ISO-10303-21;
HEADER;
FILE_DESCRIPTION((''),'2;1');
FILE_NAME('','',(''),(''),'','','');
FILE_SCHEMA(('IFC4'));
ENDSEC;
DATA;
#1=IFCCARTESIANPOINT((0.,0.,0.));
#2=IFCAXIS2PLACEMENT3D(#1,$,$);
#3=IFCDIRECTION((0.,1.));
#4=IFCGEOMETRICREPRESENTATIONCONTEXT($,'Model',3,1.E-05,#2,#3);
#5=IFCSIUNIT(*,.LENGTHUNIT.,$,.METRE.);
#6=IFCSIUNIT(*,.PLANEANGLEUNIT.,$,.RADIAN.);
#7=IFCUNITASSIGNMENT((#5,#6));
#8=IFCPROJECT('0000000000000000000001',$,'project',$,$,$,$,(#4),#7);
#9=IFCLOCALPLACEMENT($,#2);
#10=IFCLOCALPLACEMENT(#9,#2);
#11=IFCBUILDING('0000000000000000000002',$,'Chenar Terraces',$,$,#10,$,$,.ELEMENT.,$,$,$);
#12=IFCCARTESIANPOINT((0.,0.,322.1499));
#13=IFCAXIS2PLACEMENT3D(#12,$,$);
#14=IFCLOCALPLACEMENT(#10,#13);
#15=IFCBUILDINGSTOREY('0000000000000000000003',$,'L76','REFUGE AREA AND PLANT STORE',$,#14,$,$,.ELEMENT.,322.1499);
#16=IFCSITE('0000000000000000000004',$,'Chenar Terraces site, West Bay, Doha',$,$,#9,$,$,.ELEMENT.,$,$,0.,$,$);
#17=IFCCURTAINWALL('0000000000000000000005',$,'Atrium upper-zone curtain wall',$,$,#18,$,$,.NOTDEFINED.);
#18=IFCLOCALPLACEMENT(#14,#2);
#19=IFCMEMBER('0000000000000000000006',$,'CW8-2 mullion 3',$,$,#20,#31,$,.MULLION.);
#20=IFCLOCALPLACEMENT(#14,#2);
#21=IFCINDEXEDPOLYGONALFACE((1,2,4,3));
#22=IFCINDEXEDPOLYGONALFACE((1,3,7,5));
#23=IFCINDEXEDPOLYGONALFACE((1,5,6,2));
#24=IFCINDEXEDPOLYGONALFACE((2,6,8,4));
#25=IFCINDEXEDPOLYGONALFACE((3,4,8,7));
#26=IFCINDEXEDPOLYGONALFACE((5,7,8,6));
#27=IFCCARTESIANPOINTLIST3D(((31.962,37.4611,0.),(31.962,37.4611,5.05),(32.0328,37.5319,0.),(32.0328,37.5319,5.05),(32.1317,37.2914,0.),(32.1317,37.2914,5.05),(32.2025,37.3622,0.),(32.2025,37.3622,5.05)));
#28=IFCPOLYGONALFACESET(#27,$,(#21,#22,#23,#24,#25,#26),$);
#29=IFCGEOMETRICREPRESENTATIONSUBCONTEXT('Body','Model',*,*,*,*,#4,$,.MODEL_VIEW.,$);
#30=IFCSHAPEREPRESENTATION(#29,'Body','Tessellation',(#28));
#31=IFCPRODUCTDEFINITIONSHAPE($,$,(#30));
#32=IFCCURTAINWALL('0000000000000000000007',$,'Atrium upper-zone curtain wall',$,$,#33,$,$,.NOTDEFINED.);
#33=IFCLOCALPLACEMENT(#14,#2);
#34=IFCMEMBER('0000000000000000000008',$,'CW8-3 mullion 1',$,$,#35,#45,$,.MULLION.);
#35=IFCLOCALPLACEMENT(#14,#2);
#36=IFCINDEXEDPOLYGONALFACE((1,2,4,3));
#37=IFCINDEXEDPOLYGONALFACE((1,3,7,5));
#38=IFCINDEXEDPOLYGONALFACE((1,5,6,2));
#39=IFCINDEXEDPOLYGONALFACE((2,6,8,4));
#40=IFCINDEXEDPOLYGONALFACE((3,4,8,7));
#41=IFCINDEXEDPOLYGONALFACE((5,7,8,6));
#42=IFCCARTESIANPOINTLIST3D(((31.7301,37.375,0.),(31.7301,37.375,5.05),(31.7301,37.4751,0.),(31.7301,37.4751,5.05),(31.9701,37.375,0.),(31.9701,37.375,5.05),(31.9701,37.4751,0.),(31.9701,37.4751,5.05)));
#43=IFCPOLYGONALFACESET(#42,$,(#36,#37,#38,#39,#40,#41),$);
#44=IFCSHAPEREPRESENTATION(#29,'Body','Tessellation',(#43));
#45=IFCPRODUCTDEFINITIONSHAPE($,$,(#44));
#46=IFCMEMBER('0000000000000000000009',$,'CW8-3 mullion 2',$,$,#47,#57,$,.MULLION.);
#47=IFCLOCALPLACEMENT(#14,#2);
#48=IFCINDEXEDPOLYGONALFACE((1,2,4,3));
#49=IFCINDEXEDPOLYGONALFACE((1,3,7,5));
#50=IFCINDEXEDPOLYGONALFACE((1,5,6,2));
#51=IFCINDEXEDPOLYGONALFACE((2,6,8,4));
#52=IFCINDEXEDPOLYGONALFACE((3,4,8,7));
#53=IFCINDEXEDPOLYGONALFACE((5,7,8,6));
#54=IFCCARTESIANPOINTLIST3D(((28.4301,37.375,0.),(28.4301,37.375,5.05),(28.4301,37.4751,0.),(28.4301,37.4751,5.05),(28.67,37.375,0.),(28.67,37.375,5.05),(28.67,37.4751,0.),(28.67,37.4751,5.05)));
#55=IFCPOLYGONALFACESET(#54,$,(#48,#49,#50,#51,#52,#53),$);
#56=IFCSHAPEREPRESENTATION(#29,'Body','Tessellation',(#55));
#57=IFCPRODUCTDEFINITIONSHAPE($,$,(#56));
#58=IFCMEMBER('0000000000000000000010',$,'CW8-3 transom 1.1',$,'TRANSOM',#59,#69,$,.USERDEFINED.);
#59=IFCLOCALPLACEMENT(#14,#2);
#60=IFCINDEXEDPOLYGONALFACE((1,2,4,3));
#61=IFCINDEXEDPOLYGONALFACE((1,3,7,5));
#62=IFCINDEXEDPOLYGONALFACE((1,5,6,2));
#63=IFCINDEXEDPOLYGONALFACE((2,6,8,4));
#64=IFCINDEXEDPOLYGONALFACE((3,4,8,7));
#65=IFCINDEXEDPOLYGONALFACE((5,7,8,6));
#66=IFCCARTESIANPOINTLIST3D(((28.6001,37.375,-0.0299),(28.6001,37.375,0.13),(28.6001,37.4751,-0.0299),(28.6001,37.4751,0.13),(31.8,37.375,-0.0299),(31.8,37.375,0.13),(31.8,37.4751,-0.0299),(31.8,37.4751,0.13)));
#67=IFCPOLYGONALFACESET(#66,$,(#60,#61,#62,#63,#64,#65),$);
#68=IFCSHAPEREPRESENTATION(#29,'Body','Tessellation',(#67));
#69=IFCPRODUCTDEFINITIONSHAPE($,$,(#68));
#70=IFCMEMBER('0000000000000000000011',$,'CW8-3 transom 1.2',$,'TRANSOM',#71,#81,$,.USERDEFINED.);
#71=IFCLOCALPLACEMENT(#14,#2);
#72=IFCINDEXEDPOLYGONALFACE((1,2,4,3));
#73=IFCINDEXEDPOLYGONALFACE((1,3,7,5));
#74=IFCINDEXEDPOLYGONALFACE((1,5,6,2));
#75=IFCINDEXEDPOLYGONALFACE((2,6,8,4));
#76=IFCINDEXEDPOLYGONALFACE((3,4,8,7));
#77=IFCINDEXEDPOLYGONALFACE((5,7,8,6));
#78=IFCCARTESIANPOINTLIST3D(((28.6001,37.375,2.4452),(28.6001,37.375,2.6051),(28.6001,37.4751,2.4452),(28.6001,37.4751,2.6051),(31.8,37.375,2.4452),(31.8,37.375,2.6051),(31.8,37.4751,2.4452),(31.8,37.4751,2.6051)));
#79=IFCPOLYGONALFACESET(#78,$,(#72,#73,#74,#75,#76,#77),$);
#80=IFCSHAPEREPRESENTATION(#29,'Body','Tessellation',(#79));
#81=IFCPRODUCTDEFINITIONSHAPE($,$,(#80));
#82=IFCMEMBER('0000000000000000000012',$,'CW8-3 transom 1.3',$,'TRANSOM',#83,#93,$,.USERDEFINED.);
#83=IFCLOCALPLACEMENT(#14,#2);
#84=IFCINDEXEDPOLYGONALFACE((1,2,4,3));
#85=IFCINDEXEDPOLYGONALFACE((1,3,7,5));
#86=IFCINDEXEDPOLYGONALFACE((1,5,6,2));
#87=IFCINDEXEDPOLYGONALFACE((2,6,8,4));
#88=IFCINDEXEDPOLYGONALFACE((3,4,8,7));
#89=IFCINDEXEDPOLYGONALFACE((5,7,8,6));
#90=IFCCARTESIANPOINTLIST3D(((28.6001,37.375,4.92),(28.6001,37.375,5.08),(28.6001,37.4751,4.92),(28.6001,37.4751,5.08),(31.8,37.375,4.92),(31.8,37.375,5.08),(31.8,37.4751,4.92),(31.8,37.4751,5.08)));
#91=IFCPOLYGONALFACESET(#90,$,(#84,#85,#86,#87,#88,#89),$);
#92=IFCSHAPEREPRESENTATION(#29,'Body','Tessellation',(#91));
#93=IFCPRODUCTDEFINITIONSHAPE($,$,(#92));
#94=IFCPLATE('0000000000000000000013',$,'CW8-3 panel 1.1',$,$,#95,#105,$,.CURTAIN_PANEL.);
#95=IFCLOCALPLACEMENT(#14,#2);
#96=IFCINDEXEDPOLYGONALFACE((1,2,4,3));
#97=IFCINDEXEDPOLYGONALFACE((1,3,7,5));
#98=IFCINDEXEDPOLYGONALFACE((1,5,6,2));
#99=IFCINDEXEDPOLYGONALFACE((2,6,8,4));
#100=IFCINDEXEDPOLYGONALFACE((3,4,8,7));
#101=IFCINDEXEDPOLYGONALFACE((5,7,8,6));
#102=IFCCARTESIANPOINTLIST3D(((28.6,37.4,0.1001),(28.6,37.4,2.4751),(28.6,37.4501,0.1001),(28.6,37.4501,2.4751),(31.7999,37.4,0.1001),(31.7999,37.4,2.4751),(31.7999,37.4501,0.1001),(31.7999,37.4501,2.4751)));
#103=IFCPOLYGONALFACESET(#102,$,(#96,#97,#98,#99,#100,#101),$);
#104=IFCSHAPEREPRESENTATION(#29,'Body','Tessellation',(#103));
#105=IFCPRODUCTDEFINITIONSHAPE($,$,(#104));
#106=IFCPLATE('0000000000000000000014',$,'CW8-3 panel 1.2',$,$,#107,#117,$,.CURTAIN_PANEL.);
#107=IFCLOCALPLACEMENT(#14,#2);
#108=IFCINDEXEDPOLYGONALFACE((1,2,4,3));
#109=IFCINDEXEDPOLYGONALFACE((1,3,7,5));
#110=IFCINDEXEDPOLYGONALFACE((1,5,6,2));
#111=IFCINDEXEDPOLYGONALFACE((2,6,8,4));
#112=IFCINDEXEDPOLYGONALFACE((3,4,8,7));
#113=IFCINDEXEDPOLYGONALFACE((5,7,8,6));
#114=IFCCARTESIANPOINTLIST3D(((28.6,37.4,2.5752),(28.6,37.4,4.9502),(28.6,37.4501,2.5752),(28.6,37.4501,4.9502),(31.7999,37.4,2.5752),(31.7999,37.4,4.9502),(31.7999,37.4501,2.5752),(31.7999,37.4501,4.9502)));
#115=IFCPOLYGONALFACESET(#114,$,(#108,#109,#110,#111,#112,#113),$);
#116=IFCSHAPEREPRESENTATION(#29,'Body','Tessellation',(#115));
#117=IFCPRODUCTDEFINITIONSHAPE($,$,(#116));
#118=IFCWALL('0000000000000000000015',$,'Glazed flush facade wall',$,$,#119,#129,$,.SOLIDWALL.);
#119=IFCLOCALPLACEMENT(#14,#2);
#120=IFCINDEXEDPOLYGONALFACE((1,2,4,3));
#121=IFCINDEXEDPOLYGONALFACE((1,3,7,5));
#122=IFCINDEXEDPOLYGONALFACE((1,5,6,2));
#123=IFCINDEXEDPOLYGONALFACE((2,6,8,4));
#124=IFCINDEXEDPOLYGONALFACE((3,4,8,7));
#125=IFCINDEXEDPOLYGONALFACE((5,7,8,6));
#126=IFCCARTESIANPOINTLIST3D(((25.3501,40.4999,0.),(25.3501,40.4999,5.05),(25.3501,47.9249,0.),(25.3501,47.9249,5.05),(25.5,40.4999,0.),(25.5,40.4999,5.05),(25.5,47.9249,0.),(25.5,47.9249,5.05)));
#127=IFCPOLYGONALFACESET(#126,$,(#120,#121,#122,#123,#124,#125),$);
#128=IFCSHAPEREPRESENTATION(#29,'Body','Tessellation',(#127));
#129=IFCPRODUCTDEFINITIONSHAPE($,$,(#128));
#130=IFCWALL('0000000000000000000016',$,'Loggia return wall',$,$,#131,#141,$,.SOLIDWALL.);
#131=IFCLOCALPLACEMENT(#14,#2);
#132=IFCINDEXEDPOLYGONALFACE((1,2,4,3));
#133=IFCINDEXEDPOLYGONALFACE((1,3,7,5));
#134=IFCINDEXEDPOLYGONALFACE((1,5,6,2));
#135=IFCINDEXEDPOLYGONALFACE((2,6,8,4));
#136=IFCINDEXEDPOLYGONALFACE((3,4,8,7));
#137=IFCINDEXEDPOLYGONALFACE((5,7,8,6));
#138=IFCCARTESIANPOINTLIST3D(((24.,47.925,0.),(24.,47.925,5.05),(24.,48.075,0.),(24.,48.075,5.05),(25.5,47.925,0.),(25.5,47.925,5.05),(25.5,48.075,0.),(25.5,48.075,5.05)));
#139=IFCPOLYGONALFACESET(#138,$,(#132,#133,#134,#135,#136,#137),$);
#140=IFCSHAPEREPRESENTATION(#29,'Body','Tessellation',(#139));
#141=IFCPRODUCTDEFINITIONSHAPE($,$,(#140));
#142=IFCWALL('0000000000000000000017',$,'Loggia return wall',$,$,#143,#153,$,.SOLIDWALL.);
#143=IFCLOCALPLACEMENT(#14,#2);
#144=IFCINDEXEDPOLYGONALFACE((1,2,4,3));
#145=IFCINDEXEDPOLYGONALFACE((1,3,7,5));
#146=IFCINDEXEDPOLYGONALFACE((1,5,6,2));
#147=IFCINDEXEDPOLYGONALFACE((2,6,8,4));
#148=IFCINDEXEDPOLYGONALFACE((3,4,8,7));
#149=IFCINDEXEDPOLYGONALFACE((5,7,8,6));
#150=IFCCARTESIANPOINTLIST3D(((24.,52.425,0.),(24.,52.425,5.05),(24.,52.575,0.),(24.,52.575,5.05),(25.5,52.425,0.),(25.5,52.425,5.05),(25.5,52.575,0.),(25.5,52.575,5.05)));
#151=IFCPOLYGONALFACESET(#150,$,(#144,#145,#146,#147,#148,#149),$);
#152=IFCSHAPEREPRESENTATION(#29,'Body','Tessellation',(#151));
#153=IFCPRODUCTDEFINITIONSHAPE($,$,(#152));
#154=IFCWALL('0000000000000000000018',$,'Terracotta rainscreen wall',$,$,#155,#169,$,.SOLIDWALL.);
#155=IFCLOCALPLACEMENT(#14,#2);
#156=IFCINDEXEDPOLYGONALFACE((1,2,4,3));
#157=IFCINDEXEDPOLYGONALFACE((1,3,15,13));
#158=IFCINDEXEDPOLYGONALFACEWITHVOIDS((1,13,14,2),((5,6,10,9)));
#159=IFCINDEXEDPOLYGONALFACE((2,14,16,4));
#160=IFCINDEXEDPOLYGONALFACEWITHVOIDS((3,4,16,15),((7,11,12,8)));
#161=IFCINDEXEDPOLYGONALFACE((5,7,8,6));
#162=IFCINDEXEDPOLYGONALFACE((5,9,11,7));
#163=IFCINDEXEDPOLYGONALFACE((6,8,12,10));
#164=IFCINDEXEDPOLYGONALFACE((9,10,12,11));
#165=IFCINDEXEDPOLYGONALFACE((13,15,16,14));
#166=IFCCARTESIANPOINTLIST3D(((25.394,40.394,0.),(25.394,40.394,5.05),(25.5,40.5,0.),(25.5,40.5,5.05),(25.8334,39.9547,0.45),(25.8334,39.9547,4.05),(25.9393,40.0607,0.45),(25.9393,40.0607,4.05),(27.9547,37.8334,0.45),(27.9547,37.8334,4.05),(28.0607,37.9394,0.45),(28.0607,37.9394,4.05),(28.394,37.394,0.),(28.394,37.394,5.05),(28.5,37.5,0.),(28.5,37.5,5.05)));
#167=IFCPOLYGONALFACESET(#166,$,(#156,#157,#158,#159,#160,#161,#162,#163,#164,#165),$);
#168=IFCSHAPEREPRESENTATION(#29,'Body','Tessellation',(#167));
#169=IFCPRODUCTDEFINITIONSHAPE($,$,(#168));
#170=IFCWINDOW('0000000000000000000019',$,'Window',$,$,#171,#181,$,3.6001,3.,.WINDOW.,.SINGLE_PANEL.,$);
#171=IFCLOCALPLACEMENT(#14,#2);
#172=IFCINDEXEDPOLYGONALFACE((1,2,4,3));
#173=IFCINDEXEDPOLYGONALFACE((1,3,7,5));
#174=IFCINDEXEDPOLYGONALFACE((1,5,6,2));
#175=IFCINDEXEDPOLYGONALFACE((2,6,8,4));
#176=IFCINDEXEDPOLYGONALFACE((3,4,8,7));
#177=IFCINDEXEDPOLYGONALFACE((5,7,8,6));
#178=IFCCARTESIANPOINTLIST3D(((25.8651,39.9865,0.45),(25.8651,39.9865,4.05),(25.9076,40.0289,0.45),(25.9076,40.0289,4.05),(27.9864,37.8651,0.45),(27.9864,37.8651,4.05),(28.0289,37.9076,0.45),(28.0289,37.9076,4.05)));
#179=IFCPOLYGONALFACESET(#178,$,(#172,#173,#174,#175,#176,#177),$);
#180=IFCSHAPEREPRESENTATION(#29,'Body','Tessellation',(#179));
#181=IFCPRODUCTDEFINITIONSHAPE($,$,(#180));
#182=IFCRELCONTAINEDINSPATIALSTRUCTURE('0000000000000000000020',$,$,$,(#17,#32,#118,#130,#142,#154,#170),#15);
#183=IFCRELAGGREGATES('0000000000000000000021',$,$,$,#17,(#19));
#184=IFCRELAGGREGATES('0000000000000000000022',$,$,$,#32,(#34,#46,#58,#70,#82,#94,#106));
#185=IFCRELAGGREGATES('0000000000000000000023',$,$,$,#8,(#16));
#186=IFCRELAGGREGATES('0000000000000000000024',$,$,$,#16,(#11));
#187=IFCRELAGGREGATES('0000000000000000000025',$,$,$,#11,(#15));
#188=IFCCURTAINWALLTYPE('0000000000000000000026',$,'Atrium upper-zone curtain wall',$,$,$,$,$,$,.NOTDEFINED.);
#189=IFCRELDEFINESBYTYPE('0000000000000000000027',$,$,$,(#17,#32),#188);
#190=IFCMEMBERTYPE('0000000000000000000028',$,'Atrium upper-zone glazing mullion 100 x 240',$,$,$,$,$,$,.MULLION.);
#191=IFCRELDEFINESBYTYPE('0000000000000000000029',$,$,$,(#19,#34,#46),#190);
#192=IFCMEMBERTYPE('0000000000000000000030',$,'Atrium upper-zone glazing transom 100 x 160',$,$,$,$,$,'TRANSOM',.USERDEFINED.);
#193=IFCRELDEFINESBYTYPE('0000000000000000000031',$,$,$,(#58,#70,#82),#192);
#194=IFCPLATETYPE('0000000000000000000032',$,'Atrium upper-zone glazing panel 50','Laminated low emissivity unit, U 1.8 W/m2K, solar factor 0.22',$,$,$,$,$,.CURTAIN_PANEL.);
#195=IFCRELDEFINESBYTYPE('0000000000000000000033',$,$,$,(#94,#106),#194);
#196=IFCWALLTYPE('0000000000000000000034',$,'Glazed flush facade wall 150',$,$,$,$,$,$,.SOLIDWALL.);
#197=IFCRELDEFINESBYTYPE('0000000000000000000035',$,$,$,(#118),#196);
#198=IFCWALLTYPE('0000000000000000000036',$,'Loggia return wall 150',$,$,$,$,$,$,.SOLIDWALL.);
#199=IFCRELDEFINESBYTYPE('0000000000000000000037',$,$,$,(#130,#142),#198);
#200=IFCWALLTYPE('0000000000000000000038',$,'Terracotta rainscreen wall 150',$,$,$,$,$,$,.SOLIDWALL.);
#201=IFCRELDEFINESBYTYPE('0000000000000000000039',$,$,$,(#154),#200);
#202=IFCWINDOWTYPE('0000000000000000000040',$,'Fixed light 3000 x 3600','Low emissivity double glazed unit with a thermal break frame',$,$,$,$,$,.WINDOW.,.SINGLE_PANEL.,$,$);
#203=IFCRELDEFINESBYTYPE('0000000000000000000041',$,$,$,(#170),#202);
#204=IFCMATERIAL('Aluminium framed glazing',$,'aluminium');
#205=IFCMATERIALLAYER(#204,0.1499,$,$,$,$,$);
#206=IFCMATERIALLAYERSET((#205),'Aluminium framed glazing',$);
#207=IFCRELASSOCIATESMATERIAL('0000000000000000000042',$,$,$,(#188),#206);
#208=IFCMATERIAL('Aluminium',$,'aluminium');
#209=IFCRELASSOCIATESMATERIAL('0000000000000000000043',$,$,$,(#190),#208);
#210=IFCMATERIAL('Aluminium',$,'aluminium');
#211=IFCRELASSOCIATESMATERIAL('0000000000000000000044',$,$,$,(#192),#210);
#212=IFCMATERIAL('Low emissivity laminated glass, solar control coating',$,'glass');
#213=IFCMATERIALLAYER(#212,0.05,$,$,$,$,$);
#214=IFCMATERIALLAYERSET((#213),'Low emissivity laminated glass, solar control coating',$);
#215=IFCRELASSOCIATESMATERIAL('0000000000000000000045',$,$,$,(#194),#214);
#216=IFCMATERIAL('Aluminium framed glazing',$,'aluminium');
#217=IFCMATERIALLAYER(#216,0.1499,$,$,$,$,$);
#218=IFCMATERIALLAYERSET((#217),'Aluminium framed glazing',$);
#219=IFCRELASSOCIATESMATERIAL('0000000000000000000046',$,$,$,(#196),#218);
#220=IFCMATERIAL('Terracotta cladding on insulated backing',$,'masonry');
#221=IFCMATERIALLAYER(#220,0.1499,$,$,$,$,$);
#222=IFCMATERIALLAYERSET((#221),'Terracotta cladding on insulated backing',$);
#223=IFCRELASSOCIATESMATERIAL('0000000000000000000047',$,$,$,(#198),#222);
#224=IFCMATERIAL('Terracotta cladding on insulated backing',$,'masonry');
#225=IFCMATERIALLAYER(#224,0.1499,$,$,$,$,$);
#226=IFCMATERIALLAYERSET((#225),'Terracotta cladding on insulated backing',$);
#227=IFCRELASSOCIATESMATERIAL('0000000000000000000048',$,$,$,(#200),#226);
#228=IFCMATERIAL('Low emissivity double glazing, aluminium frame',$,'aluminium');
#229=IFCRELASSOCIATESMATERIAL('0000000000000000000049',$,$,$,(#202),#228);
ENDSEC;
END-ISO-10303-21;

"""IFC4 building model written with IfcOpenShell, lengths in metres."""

from ifc_helpers import new_model, si_unit, direction, frame, frame_2d, origin, origin_2d, place, context, subcontext, project, spatial, rectangle, extrude, material, layer, layer_set, material_profile, profile_set, type_object, element, fill, aggregate, save


model = new_model("IFC4")

# Units and contexts
model_context = context("Model", 3, precision=1e-05, world=origin(), true_north=direction((0.0, 1.0)))
body_context = subcontext(model_context, "Body", "Model", "MODEL_VIEW")
ifc_project = project(units=[si_unit("LENGTHUNIT", "METRE"), si_unit("PLANEANGLEUNIT", "RADIAN")], contexts=[model_context])

# Site, building, storey
site_placement = place(None, origin())
site = spatial("IfcSite", under=ifc_project, at=site_placement, Name="Chenar Terraces site, West Bay, Doha", CompositionType="ELEMENT", RefElevation=0.0)
building_placement = place(site_placement, origin())
building = spatial("IfcBuilding", under=site, at=building_placement, Name="Chenar Terraces", CompositionType="ELEMENT")
storey_placement = place(building_placement, frame((0.0, 0.0, 322.1499)))
storey = spatial("IfcBuildingStorey", under=building, at=storey_placement, Name="L76", Description="REFUGE AREA AND PLANT STORE", CompositionType="ELEMENT", Elevation=322.1499)

# Curtain wall, member
ifc_material_1 = material(Name="Aluminium framed glazing", Category="aluminium")
ifc_layer_1 = layer(ifc_material_1, 0.1499)
ifc_layer_set_1 = layer_set([ifc_layer_1], Name="Aluminium framed glazing")
curtain_wall_type = type_object("IfcCurtainWallType", Name="Atrium upper-zone curtain wall", PredefinedType="NOTDEFINED", material=ifc_layer_set_1)
placement = place(storey_placement, origin())
curtain_wall_1 = element("IfcCurtainWall", 1, at=placement, inside=storey, type_object=curtain_wall_type, Name="Atrium upper-zone curtain wall", PredefinedType="NOTDEFINED")
ifc_material_2 = material(Name="Aluminium", Category="aluminium")
ifc_material_profile_1 = material_profile(ifc_material_2, rectangle(XDim=0.1001, YDim=0.24, at=origin_2d()), Name="Atrium upper-zone glazing mullion 100 x 240")
ifc_profile_set_1 = profile_set([ifc_material_profile_1], Name="Aluminium")
member_type_1 = type_object("IfcMemberType", Name="Atrium upper-zone glazing mullion 100 x 240", PredefinedType="MULLION", material=ifc_profile_set_1)
member_1_placement = place(storey_placement, frame((32.0823, 37.4116, 0.0), z_axis=(0.0, 0.0, 1.0), x_axis=(-0.707107, -0.707107, 0.0)))
member_1 = element("IfcMember", 2, at=member_1_placement, type_object=member_type_1, Name="CW8-2 mullion 3", PredefinedType="MULLION", context=body_context, shape_type="SweptSolid", body=[
    extrude(rectangle(XDim=0.1001, YDim=0.24, at=origin_2d()), origin(), (0.0, 0.0, 1.0), 5.05),
])
aggregate(curtain_wall_1, [member_1])

# Curtain wall, members, plates
curtain_wall_2 = element("IfcCurtainWall", 3, at=placement, inside=storey, type_object=curtain_wall_type, Name="Atrium upper-zone curtain wall", PredefinedType="NOTDEFINED")
member_2_placement = place(storey_placement, frame((31.8501, 37.425, 0.0), z_axis=(0.0, 0.0, 1.0), x_axis=(0.0, -1.0, 0.0)))
member_2 = element("IfcMember", 4, at=member_2_placement, type_object=member_type_1, Name="CW8-3 mullion 1", PredefinedType="MULLION", context=body_context, shape_type="SweptSolid", body=[
    extrude(rectangle(XDim=0.1001, YDim=0.24, at=origin_2d()), origin(), (0.0, 0.0, 1.0), 5.05),
])
member_3_placement = place(storey_placement, frame((28.55, 37.425, 0.0), z_axis=(0.0, 0.0, 1.0), x_axis=(0.0, -1.0, 0.0)))
member_3 = element("IfcMember", 5, at=member_3_placement, type_object=member_type_1, Name="CW8-3 mullion 2", PredefinedType="MULLION", context=body_context, shape_type="SweptSolid", body=[
    extrude(rectangle(XDim=0.1001, YDim=0.24, at=origin_2d()), origin(), (0.0, 0.0, 1.0), 5.05),
])
ifc_material_3 = material(Name="Aluminium", Category="aluminium")
ifc_material_profile_2 = material_profile(ifc_material_3, rectangle(XDim=0.1001, YDim=0.1599, at=origin_2d()), Name="Atrium upper-zone glazing transom 100 x 160")
ifc_profile_set_2 = profile_set([ifc_material_profile_2], Name="Aluminium")
member_type_2 = type_object("IfcMemberType", Name="Atrium upper-zone glazing transom 100 x 160", ElementType="TRANSOM", PredefinedType="USERDEFINED", material=ifc_profile_set_2)
member_4_placement = place(storey_placement, frame((31.8, 37.425, 0.05), z_axis=(-1.0, 0.0, 0.0), x_axis=(0.0, -1.0, 0.0)))
member_4 = element("IfcMember", 6, at=member_4_placement, type_object=member_type_2, Name="CW8-3 transom 1.1", ObjectType="TRANSOM", PredefinedType="USERDEFINED", context=body_context, shape_type="SweptSolid", body=[
    extrude(rectangle(XDim=0.1001, YDim=0.1599, at=origin_2d()), origin(), (0.0, 0.0, 1.0), 3.2),
])
member_5_placement = place(storey_placement, frame((31.8, 37.425, 2.5251), z_axis=(-1.0, 0.0, 0.0), x_axis=(0.0, -1.0, 0.0)))
member_5 = element("IfcMember", 7, at=member_5_placement, type_object=member_type_2, Name="CW8-3 transom 1.2", ObjectType="TRANSOM", PredefinedType="USERDEFINED", context=body_context, shape_type="SweptSolid", body=[
    extrude(rectangle(XDim=0.1001, YDim=0.1599, at=origin_2d()), origin(), (0.0, 0.0, 1.0), 3.2),
])
member_6_placement = place(storey_placement, frame((31.8, 37.425, 5.0), z_axis=(-1.0, 0.0, 0.0), x_axis=(0.0, -1.0, 0.0)))
member_6 = element("IfcMember", 8, at=member_6_placement, type_object=member_type_2, Name="CW8-3 transom 1.3", ObjectType="TRANSOM", PredefinedType="USERDEFINED", context=body_context, shape_type="SweptSolid", body=[
    extrude(rectangle(XDim=0.1001, YDim=0.1599, at=origin_2d()), origin(), (0.0, 0.0, 1.0), 3.2),
])
ifc_material_4 = material(Name="Low emissivity laminated glass, solar control coating", Category="glass")
ifc_layer_2 = layer(ifc_material_4, 0.05)
ifc_layer_set_2 = layer_set([ifc_layer_2], Name="Low emissivity laminated glass, solar control coating")
plate_type = type_object("IfcPlateType", Name="Atrium upper-zone glazing panel 50", Description="Laminated low emissivity unit, U 1.8 W/m2K, solar factor 0.22", PredefinedType="CURTAIN_PANEL", material=ifc_layer_set_2)
plate_1_placement = place(storey_placement, frame((30.2, 37.425, 0.1001), z_axis=(0.0, 0.0, 1.0), x_axis=(-1.0, 0.0, 0.0)))
plate_1 = element("IfcPlate", 9, at=plate_1_placement, type_object=plate_type, Name="CW8-3 panel 1.1", PredefinedType="CURTAIN_PANEL", context=body_context, shape_type="SweptSolid", body=[
    extrude(rectangle(XDim=3.2, YDim=0.05, at=origin_2d()), origin(), (0.0, 0.0, 1.0), 2.375),
])
plate_2_placement = place(storey_placement, frame((30.2, 37.425, 2.5752), z_axis=(0.0, 0.0, 1.0), x_axis=(-1.0, 0.0, 0.0)))
plate_2 = element("IfcPlate", 10, at=plate_2_placement, type_object=plate_type, Name="CW8-3 panel 1.2", PredefinedType="CURTAIN_PANEL", context=body_context, shape_type="SweptSolid", body=[
    extrude(rectangle(XDim=3.2, YDim=0.05, at=origin_2d()), origin(), (0.0, 0.0, 1.0), 2.375),
])
aggregate(curtain_wall_2, [member_2, member_3, member_4, member_5, member_6, plate_1, plate_2])

# Walls
ifc_material_5 = material(Name="Aluminium framed glazing", Category="aluminium")
ifc_layer_3 = layer(ifc_material_5, 0.1499)
ifc_layer_set_3 = layer_set([ifc_layer_3], Name="Aluminium framed glazing")
wall_type_1 = type_object("IfcWallType", Name="Glazed flush facade wall 150", PredefinedType="SOLIDWALL", material=ifc_layer_set_3)
wall_1_placement = place(storey_placement, frame((25.425, 40.5, 0.0), z_axis=(0.0, 0.0, 1.0), x_axis=(0.0, 1.0, 0.0)))
element("IfcWall", 11, at=wall_1_placement, inside=storey, type_object=wall_type_1, Name="Glazed flush facade wall", PredefinedType="SOLIDWALL", context=body_context, shape_type="SweptSolid", body=[
    extrude(rectangle(XDim=7.425, YDim=0.1499, at=frame_2d((3.7124, 0.0))), origin(), (0.0, 0.0, 1.0), 5.05),
])
ifc_material_6 = material(Name="Terracotta cladding on insulated backing", Category="masonry")
ifc_layer_4 = layer(ifc_material_6, 0.1499)
ifc_layer_set_4 = layer_set([ifc_layer_4], Name="Terracotta cladding on insulated backing")
wall_type_2 = type_object("IfcWallType", Name="Loggia return wall 150", PredefinedType="SOLIDWALL", material=ifc_layer_set_4)
for number, where, z_axis, x_axis, name in (
    (12, (25.5, 48.0, 0.0), (0.0, 0.0, 1.0), (-1.0, 0.0, 0.0), "Loggia return wall"),
    (13, (25.5, 52.5, 0.0), (0.0, 0.0, 1.0), (-1.0, 0.0, 0.0), "Loggia return wall"),
):
    element("IfcWall", number, at=place(storey_placement, frame(where, z_axis=z_axis, x_axis=x_axis)), inside=storey, type_object=wall_type_2, Name=name, PredefinedType="SOLIDWALL", context=body_context, shape_type="SweptSolid", body=[
        extrude(rectangle(XDim=1.5, YDim=0.1499, at=frame_2d((0.75, 0.0))), origin(), (0.0, 0.0, 1.0), 5.05),
    ])

# Wall, opening, window
ifc_material_7 = material(Name="Terracotta cladding on insulated backing", Category="masonry")
ifc_layer_5 = layer(ifc_material_7, 0.1499)
ifc_layer_set_5 = layer_set([ifc_layer_5], Name="Terracotta cladding on insulated backing")
wall_type_3 = type_object("IfcWallType", Name="Terracotta rainscreen wall 150", PredefinedType="SOLIDWALL", material=ifc_layer_set_5)
wall_2_placement = place(storey_placement, frame((28.447, 37.447, 0.0), z_axis=(0.0, 0.0, 1.0), x_axis=(-0.707107, 0.707107, 0.0)))
wall_2 = element("IfcWall", 14, at=wall_2_placement, inside=storey, type_object=wall_type_3, Name="Terracotta rainscreen wall", PredefinedType="SOLIDWALL", context=body_context, shape_type="SweptSolid", body=[
    extrude(rectangle(XDim=4.2427, YDim=0.1499, at=frame_2d((2.1213, 0.0))), origin(), (0.0, 0.0, 1.0), 5.05),
])
opening_placement = place(wall_2_placement, frame((0.6213, 0.0, 0.45)))
opening = element("IfcOpeningElement", 15, at=opening_placement, cuts=wall_2, PredefinedType="OPENING", context=body_context, shape_type="SweptSolid", body=[
    extrude(rectangle(XDim=3.0, YDim=3.6001, at=frame_2d((1.5, 1.8))), frame((0.0, 0.085, 0.0), z_axis=(0.0, -1.0, 0.0), x_axis=(1.0, 0.0, 0.0)), (0.0, 0.0, 1.0), 0.1699),
])
ifc_material_8 = material(Name="Low emissivity double glazing, aluminium frame", Category="aluminium")
window_type = type_object("IfcWindowType", Name="Fixed light 3000 x 3600", Description="Low emissivity double glazed unit with a thermal break frame", PartitioningType="SINGLE_PANEL", PredefinedType="WINDOW", material=ifc_material_8)
window_placement = place(opening_placement, origin())
window = element("IfcWindow", 16, at=window_placement, inside=storey, type_object=window_type, Name="Window", OverallHeight=3.6001, OverallWidth=3.0, PartitioningType="SINGLE_PANEL", PredefinedType="WINDOW", context=body_context, shape_type="SweptSolid", body=[
    extrude(rectangle(XDim=3.0, YDim=3.6001, at=frame_2d((1.5, 1.8))), frame((0.0, 0.03, 0.0), z_axis=(0.0, -1.0, 0.0), x_axis=(1.0, 0.0, 0.0)), (0.0, 0.0, 1.0), 0.0601),
])
fill(opening, window)

save(model, "model.ifc")
